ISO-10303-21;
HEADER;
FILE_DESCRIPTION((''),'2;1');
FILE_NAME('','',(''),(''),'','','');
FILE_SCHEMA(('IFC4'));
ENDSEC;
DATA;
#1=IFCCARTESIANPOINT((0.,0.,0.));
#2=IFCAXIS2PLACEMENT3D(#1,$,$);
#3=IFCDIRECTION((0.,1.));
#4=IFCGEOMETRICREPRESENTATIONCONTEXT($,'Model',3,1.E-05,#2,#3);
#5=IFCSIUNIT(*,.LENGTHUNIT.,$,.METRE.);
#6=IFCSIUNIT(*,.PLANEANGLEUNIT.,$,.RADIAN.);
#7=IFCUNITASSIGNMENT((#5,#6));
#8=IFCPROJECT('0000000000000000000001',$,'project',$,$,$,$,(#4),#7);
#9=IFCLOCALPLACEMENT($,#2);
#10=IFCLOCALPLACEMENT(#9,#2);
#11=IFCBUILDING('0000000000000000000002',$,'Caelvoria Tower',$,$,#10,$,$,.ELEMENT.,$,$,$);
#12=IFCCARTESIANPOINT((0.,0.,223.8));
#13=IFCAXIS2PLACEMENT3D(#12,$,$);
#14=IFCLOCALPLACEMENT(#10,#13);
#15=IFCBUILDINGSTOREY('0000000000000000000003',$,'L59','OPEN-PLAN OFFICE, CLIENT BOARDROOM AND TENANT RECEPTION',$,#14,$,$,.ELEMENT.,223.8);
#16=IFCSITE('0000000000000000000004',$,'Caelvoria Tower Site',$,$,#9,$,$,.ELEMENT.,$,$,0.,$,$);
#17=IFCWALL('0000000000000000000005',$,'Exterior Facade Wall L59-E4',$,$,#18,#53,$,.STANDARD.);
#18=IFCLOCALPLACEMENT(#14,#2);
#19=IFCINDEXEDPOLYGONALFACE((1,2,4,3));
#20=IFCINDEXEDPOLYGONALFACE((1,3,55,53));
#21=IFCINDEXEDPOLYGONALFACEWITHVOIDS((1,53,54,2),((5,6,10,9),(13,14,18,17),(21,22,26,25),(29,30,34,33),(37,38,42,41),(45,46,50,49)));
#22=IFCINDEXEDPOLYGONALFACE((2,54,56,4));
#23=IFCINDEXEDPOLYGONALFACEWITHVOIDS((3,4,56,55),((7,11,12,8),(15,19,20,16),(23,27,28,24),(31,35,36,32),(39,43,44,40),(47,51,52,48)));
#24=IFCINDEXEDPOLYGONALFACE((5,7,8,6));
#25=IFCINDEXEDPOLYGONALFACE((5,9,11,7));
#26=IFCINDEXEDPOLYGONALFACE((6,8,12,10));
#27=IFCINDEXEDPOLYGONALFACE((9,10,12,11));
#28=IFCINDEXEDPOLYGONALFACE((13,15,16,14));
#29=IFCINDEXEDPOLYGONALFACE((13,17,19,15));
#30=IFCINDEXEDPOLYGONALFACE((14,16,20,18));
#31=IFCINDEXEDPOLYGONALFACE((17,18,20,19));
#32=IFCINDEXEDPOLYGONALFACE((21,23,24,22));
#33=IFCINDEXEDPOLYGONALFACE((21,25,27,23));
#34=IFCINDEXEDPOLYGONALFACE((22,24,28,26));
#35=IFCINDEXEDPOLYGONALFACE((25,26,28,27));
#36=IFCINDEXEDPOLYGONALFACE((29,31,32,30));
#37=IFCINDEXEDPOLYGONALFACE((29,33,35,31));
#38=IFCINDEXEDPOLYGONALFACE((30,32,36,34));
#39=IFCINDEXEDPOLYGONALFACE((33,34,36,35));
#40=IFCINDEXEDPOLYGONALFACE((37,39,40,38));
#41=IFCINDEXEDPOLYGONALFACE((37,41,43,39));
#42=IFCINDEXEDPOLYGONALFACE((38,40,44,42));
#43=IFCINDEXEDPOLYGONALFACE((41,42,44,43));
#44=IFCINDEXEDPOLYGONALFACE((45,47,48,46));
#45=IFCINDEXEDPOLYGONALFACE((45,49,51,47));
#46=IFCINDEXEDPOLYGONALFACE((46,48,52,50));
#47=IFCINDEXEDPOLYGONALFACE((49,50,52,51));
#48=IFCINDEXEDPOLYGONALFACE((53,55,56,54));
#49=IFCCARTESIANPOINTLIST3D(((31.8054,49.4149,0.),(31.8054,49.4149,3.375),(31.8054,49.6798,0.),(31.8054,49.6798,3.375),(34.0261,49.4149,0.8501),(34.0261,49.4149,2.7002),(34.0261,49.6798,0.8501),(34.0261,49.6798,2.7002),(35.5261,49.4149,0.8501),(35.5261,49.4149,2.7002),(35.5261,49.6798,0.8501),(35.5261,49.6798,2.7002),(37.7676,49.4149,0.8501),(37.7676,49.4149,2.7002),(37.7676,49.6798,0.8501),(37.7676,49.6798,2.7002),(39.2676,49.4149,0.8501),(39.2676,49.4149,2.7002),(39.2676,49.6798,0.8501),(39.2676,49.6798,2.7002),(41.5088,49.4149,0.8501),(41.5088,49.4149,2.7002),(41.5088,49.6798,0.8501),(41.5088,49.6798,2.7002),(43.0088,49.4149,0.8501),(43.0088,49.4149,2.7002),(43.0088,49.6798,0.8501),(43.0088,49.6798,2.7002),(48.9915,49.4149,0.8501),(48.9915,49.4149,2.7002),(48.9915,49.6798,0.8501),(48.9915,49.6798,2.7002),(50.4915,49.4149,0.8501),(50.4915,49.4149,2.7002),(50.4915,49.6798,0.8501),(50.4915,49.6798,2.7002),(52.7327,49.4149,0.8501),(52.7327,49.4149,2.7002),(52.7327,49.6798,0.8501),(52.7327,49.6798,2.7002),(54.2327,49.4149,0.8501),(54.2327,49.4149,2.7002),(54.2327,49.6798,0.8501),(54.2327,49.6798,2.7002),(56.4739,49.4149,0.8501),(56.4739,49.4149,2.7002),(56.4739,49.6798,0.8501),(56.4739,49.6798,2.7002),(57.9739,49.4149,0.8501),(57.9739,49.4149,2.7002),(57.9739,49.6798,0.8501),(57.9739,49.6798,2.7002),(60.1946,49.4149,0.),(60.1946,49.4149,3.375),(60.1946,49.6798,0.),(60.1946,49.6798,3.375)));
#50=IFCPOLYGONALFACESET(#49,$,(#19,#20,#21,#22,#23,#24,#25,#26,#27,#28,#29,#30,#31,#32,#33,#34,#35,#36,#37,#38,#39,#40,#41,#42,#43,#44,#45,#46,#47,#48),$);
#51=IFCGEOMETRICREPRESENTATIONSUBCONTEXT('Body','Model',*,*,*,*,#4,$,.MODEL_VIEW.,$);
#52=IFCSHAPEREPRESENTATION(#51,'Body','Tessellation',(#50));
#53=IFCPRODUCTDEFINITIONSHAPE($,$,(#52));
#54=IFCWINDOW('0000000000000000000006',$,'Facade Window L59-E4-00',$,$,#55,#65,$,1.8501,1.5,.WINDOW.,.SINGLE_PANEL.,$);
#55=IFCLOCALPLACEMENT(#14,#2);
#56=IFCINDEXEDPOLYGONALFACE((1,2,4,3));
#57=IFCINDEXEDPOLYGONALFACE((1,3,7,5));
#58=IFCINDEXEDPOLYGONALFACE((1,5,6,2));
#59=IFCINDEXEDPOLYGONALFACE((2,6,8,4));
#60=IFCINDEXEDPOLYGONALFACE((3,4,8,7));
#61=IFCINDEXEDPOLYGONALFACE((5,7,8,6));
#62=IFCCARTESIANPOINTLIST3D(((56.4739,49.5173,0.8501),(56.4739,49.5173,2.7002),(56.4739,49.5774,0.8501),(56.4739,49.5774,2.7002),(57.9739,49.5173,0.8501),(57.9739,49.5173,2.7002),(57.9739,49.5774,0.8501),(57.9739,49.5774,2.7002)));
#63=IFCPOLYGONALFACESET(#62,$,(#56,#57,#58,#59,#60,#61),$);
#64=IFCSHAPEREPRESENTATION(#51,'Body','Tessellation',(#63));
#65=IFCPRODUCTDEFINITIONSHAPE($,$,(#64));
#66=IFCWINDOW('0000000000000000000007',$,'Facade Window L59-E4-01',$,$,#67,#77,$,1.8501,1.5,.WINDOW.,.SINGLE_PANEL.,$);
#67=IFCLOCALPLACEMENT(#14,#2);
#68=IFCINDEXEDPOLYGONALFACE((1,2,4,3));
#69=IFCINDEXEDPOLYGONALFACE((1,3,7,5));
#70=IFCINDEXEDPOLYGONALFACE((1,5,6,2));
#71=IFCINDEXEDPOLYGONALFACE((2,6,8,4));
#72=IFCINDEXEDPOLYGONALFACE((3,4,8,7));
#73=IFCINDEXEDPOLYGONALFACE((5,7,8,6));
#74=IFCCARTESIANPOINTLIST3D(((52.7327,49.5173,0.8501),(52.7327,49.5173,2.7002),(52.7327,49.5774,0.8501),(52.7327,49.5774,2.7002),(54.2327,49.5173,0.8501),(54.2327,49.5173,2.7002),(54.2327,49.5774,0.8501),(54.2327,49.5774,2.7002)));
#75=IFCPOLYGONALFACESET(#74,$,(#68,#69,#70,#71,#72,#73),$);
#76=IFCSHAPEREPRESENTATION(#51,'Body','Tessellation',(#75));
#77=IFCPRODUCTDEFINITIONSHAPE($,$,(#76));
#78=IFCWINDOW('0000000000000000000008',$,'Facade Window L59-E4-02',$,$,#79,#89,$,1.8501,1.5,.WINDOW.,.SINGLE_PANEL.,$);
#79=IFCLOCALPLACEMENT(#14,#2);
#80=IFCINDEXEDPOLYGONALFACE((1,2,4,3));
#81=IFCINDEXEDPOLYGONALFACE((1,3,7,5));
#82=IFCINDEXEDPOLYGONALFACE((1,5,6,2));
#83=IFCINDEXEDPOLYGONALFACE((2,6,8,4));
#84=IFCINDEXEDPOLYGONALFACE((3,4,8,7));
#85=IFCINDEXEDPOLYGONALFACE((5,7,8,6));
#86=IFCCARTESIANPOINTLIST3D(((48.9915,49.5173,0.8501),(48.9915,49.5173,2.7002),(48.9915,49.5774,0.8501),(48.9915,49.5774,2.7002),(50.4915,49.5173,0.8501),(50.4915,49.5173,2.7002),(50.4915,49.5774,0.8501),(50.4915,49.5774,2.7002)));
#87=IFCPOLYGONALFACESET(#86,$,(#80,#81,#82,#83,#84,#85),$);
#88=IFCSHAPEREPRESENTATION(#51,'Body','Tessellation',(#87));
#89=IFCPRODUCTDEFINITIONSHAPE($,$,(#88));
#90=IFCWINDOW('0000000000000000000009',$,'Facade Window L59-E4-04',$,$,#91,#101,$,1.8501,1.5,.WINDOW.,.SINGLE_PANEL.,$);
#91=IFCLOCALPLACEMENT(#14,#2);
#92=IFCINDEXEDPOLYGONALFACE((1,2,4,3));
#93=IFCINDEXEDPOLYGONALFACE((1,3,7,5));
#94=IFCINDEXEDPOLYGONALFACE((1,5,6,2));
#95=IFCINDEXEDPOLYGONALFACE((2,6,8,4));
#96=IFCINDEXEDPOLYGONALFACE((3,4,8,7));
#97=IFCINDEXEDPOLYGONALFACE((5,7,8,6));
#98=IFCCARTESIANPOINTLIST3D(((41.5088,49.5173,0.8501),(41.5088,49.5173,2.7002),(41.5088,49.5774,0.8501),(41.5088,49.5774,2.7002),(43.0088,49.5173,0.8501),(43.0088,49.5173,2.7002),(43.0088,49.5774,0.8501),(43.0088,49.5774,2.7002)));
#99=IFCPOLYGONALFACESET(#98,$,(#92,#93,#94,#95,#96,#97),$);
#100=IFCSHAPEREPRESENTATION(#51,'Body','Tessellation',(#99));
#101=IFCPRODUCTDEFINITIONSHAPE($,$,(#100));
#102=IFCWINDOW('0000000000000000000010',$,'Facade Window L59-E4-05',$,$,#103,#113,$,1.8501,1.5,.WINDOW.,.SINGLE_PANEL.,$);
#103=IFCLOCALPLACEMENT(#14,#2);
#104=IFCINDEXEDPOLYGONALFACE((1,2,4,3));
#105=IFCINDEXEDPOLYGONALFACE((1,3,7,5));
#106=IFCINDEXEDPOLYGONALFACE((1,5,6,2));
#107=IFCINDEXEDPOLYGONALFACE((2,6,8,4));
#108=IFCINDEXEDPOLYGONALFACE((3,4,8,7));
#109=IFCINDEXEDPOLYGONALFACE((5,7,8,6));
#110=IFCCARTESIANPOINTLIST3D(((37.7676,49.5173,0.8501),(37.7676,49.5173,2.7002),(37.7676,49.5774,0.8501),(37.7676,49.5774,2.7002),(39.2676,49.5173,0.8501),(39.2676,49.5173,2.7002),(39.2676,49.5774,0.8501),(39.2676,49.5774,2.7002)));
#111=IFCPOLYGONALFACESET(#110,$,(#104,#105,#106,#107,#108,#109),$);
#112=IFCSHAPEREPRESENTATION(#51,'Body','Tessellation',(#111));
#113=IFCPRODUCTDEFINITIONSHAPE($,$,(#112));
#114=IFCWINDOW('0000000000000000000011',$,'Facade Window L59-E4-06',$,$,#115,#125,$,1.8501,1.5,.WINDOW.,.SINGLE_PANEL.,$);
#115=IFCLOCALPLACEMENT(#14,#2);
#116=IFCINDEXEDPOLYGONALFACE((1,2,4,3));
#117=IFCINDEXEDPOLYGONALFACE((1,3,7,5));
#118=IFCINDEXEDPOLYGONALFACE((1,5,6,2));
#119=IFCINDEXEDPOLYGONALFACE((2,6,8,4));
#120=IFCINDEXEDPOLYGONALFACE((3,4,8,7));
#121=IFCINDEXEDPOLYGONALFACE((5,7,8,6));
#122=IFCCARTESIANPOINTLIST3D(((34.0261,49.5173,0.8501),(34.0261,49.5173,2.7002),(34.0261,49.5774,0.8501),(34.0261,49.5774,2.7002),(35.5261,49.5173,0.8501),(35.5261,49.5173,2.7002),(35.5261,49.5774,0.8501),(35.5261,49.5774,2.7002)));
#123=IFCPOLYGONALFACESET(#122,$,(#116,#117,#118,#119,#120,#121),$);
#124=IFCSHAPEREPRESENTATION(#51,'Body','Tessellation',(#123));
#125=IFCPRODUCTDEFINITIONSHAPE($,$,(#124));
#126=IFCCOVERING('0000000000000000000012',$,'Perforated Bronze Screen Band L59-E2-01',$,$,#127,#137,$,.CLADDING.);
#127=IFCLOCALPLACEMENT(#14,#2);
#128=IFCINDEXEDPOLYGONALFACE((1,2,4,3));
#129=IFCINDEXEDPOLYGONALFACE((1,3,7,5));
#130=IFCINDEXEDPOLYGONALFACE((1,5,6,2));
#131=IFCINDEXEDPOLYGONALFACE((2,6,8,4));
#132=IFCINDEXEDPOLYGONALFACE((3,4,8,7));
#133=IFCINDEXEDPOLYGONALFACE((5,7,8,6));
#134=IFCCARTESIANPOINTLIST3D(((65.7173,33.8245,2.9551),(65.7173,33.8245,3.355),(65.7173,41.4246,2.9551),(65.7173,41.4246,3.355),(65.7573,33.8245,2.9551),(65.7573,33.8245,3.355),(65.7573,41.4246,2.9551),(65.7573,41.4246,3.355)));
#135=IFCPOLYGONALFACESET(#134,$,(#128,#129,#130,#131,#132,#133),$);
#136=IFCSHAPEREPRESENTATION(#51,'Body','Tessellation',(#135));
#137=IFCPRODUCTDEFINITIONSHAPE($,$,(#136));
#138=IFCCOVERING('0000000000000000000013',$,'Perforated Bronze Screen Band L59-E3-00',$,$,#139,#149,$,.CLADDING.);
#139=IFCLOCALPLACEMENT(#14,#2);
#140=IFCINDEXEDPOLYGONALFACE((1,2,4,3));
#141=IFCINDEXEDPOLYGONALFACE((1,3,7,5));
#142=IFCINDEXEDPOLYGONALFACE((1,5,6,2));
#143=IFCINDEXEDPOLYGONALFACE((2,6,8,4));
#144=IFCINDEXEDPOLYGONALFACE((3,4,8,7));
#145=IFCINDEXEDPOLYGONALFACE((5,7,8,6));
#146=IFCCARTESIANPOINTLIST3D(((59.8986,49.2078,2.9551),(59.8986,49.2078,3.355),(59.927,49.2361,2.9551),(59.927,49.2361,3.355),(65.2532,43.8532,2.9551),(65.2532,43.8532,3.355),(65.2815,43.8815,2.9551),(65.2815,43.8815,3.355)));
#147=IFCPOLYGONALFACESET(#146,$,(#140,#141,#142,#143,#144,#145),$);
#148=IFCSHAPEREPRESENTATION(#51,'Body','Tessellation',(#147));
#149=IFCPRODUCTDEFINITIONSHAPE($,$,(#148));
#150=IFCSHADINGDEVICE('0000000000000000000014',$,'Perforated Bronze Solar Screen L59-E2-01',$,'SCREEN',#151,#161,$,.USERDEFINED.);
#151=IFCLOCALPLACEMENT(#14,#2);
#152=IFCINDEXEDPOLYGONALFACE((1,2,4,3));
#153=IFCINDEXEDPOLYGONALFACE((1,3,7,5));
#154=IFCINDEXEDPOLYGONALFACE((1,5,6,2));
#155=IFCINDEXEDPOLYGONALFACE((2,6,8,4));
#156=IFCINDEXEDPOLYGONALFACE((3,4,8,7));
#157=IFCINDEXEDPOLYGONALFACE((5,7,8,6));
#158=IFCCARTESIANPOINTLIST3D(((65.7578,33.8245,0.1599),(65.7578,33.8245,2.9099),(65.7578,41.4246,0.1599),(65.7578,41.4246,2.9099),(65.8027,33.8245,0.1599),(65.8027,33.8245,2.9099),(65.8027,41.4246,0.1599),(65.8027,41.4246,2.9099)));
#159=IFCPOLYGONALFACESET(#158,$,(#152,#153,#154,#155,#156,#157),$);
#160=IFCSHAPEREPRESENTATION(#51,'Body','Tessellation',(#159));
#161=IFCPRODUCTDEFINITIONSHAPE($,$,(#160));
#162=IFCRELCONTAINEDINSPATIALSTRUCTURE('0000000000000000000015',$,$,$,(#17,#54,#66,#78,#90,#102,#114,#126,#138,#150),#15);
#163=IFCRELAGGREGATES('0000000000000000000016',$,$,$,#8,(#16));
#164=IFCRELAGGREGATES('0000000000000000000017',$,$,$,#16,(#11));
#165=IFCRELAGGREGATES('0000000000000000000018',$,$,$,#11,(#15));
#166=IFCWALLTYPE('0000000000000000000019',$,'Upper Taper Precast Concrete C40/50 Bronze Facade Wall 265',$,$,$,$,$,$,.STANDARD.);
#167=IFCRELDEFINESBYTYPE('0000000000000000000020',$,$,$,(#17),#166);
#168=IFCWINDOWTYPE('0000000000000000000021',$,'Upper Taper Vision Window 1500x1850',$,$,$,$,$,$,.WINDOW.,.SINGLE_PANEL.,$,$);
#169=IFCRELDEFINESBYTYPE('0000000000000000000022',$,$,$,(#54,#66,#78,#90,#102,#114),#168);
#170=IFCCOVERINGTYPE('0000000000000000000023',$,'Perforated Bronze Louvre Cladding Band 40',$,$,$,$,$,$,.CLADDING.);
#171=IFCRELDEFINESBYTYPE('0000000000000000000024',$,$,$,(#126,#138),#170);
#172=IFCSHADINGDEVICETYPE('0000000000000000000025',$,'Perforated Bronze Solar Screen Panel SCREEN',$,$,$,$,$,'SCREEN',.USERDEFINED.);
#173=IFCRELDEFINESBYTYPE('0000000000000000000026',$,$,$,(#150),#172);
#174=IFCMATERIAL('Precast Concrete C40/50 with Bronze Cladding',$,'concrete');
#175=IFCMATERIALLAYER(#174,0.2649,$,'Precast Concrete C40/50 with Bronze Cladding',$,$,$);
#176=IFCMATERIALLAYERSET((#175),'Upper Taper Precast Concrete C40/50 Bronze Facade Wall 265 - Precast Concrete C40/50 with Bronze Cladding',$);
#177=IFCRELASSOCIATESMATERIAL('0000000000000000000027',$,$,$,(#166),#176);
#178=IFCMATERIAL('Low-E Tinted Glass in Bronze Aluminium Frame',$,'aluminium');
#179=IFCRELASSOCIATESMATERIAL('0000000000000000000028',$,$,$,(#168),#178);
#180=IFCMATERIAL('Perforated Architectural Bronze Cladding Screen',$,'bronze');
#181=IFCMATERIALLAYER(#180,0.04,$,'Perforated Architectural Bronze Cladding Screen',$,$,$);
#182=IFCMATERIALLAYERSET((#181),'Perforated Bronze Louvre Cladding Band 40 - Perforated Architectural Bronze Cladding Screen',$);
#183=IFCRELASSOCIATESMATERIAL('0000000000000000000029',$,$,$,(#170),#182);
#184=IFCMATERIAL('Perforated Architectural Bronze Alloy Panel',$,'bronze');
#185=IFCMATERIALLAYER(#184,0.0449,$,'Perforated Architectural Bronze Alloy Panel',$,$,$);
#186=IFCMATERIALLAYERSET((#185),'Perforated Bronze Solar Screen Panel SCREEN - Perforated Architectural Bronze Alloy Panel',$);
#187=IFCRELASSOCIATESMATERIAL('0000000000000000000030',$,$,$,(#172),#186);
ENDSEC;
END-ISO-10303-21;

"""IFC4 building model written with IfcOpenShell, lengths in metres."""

from ifc_helpers import new_model, si_unit, direction, frame, frame_2d, origin, origin_2d, place, context, subcontext, project, spatial, rectangle, extrude, material, layer, layer_set, type_object, element, fill, save


model = new_model("IFC4")

# Units and contexts
model_context = context("Model", 3, precision=1e-05, world=origin(), true_north=direction((0.0, 1.0)))
body_context = subcontext(model_context, "Body", "Model", "MODEL_VIEW")
ifc_project = project(units=[si_unit("LENGTHUNIT", "METRE"), si_unit("PLANEANGLEUNIT", "RADIAN")], contexts=[model_context])

# Site, building, storey
site_placement = place(None, origin())
site = spatial("IfcSite", under=ifc_project, at=site_placement, Name="Caelvoria Tower Site", CompositionType="ELEMENT", RefElevation=0.0)
building_placement = place(site_placement, origin())
building = spatial("IfcBuilding", under=site, at=building_placement, Name="Caelvoria Tower", CompositionType="ELEMENT")
storey_placement = place(building_placement, frame((0.0, 0.0, 223.8)))
storey = spatial("IfcBuildingStorey", under=building, at=storey_placement, Name="L59", Description="OPEN-PLAN OFFICE, CLIENT BOARDROOM AND TENANT RECEPTION", CompositionType="ELEMENT", Elevation=223.8)

# Shared definitions
ifc_material_1 = material(Name="Precast Concrete C40/50 with Bronze Cladding", Category="concrete")
ifc_layer_1 = layer(ifc_material_1, 0.2649, Name="Precast Concrete C40/50 with Bronze Cladding")
ifc_layer_set_1 = layer_set([ifc_layer_1], Name="Upper Taper Precast Concrete C40/50 Bronze Facade Wall 265 - Precast Concrete C40/50 with Bronze Cladding")
wall_type_1 = type_object("IfcWallType", Name="Upper Taper Precast Concrete C40/50 Bronze Facade Wall 265", PredefinedType="STANDARD", material=ifc_layer_set_1)

# Wall, openings, windows
wall_1_placement = place(storey_placement, frame((60.1946, 49.5474, 0.0), z_axis=(0.0, 0.0, 1.0), x_axis=(-1.0, 0.0, 0.0)))
wall_1 = element("IfcWall", 1, at=wall_1_placement, inside=storey, type_object=wall_type_1, Name="Exterior Facade Wall L59-E4", PredefinedType="STANDARD", context=body_context, shape_type="SweptSolid", body=[
    extrude(rectangle(XDim=28.3892, YDim=0.2649, at=frame_2d((14.1946, 0.0))), origin(), (0.0, 0.0, 1.0), 3.375),
])
opening_1_placement = place(wall_1_placement, frame((2.2207, 0.0, 0.8501)))
opening_1 = element("IfcOpeningElement", 2, at=opening_1_placement, cuts=wall_1, PredefinedType="OPENING", context=body_context, shape_type="SweptSolid", body=[
    extrude(rectangle(XDim=1.5, YDim=1.8501, at=frame_2d((0.75, 0.925))), frame((0.0, 0.1423, 0.0), z_axis=(0.0, -1.0, 0.0), x_axis=(1.0, 0.0, 0.0)), (0.0, 0.0, 1.0), 0.2849),
])
opening_2_placement = place(wall_1_placement, frame((5.9619, 0.0, 0.8501)))
opening_2 = element("IfcOpeningElement", 3, at=opening_2_placement, cuts=wall_1, PredefinedType="OPENING", context=body_context, shape_type="SweptSolid", body=[
    extrude(rectangle(XDim=1.5, YDim=1.8501, at=frame_2d((0.75, 0.925))), frame((0.0, 0.1423, 0.0), z_axis=(0.0, -1.0, 0.0), x_axis=(1.0, 0.0, 0.0)), (0.0, 0.0, 1.0), 0.2849),
])
opening_3_placement = place(wall_1_placement, frame((9.7031, 0.0, 0.8501)))
opening_3 = element("IfcOpeningElement", 4, at=opening_3_placement, cuts=wall_1, PredefinedType="OPENING", context=body_context, shape_type="SweptSolid", body=[
    extrude(rectangle(XDim=1.5, YDim=1.8501, at=frame_2d((0.75, 0.925))), frame((0.0, 0.1423, 0.0), z_axis=(0.0, -1.0, 0.0), x_axis=(1.0, 0.0, 0.0)), (0.0, 0.0, 1.0), 0.2849),
])
opening_4_placement = place(wall_1_placement, frame((17.1858, 0.0, 0.8501)))
opening_4 = element("IfcOpeningElement", 5, at=opening_4_placement, cuts=wall_1, PredefinedType="OPENING", context=body_context, shape_type="SweptSolid", body=[
    extrude(rectangle(XDim=1.5, YDim=1.8501, at=frame_2d((0.75, 0.925))), frame((0.0, 0.1423, 0.0), z_axis=(0.0, -1.0, 0.0), x_axis=(1.0, 0.0, 0.0)), (0.0, 0.0, 1.0), 0.2849),
])
opening_5_placement = place(wall_1_placement, frame((20.927, 0.0, 0.8501)))
opening_5 = element("IfcOpeningElement", 6, at=opening_5_placement, cuts=wall_1, PredefinedType="OPENING", context=body_context, shape_type="SweptSolid", body=[
    extrude(rectangle(XDim=1.5, YDim=1.8501, at=frame_2d((0.75, 0.925))), frame((0.0, 0.1423, 0.0), z_axis=(0.0, -1.0, 0.0), x_axis=(1.0, 0.0, 0.0)), (0.0, 0.0, 1.0), 0.2849),
])
opening_6_placement = place(wall_1_placement, frame((24.6685, 0.0, 0.8501)))
opening_6 = element("IfcOpeningElement", 7, at=opening_6_placement, cuts=wall_1, PredefinedType="OPENING", context=body_context, shape_type="SweptSolid", body=[
    extrude(rectangle(XDim=1.5, YDim=1.8501, at=frame_2d((0.75, 0.925))), frame((0.0, 0.1423, 0.0), z_axis=(0.0, -1.0, 0.0), x_axis=(1.0, 0.0, 0.0)), (0.0, 0.0, 1.0), 0.2849),
])
ifc_material_2 = material(Name="Low-E Tinted Glass in Bronze Aluminium Frame", Category="aluminium")
window_type = type_object("IfcWindowType", Name="Upper Taper Vision Window 1500x1850", PartitioningType="SINGLE_PANEL", PredefinedType="WINDOW", material=ifc_material_2)
window_1_placement = place(opening_1_placement, origin())
window_1 = element("IfcWindow", 8, at=window_1_placement, inside=storey, type_object=window_type, Name="Facade Window L59-E4-00", OverallHeight=1.8501, OverallWidth=1.5, PartitioningType="SINGLE_PANEL", PredefinedType="WINDOW", context=body_context, shape_type="SweptSolid", body=[
    extrude(rectangle(XDim=1.5, YDim=1.8501, at=frame_2d((0.75, 0.925))), frame((0.0, 0.03, 0.0), z_axis=(0.0, -1.0, 0.0), x_axis=(1.0, 0.0, 0.0)), (0.0, 0.0, 1.0), 0.0601),
])
fill(opening_1, window_1)
window_2_placement = place(opening_2_placement, origin())
window_2 = element("IfcWindow", 9, at=window_2_placement, inside=storey, type_object=window_type, Name="Facade Window L59-E4-01", OverallHeight=1.8501, OverallWidth=1.5, PartitioningType="SINGLE_PANEL", PredefinedType="WINDOW", context=body_context, shape_type="SweptSolid", body=[
    extrude(rectangle(XDim=1.5, YDim=1.8501, at=frame_2d((0.75, 0.925))), frame((0.0, 0.03, 0.0), z_axis=(0.0, -1.0, 0.0), x_axis=(1.0, 0.0, 0.0)), (0.0, 0.0, 1.0), 0.0601),
])
fill(opening_2, window_2)
window_3_placement = place(opening_3_placement, origin())
window_3 = element("IfcWindow", 10, at=window_3_placement, inside=storey, type_object=window_type, Name="Facade Window L59-E4-02", OverallHeight=1.8501, OverallWidth=1.5, PartitioningType="SINGLE_PANEL", PredefinedType="WINDOW", context=body_context, shape_type="SweptSolid", body=[
    extrude(rectangle(XDim=1.5, YDim=1.8501, at=frame_2d((0.75, 0.925))), frame((0.0, 0.03, 0.0), z_axis=(0.0, -1.0, 0.0), x_axis=(1.0, 0.0, 0.0)), (0.0, 0.0, 1.0), 0.0601),
])
fill(opening_3, window_3)
window_4_placement = place(opening_4_placement, origin())
window_4 = element("IfcWindow", 11, at=window_4_placement, inside=storey, type_object=window_type, Name="Facade Window L59-E4-04", OverallHeight=1.8501, OverallWidth=1.5, PartitioningType="SINGLE_PANEL", PredefinedType="WINDOW", context=body_context, shape_type="SweptSolid", body=[
    extrude(rectangle(XDim=1.5, YDim=1.8501, at=frame_2d((0.75, 0.925))), frame((0.0, 0.03, 0.0), z_axis=(0.0, -1.0, 0.0), x_axis=(1.0, 0.0, 0.0)), (0.0, 0.0, 1.0), 0.0601),
])
fill(opening_4, window_4)
window_5_placement = place(opening_5_placement, origin())
window_5 = element("IfcWindow", 12, at=window_5_placement, inside=storey, type_object=window_type, Name="Facade Window L59-E4-05", OverallHeight=1.8501, OverallWidth=1.5, PartitioningType="SINGLE_PANEL", PredefinedType="WINDOW", context=body_context, shape_type="SweptSolid", body=[
    extrude(rectangle(XDim=1.5, YDim=1.8501, at=frame_2d((0.75, 0.925))), frame((0.0, 0.03, 0.0), z_axis=(0.0, -1.0, 0.0), x_axis=(1.0, 0.0, 0.0)), (0.0, 0.0, 1.0), 0.0601),
])
fill(opening_5, window_5)
window_6_placement = place(opening_6_placement, origin())
window_6 = element("IfcWindow", 13, at=window_6_placement, inside=storey, type_object=window_type, Name="Facade Window L59-E4-06", OverallHeight=1.8501, OverallWidth=1.5, PartitioningType="SINGLE_PANEL", PredefinedType="WINDOW", context=body_context, shape_type="SweptSolid", body=[
    extrude(rectangle(XDim=1.5, YDim=1.8501, at=frame_2d((0.75, 0.925))), frame((0.0, 0.03, 0.0), z_axis=(0.0, -1.0, 0.0), x_axis=(1.0, 0.0, 0.0)), (0.0, 0.0, 1.0), 0.0601),
])
fill(opening_6, window_6)

# Coverings
ifc_material_3 = material(Name="Perforated Architectural Bronze Cladding Screen", Category="bronze")
ifc_layer_2 = layer(ifc_material_3, 0.04, Name="Perforated Architectural Bronze Cladding Screen")
ifc_layer_set_2 = layer_set([ifc_layer_2], Name="Perforated Bronze Louvre Cladding Band 40 - Perforated Architectural Bronze Cladding Screen")
covering_type = type_object("IfcCoveringType", Name="Perforated Bronze Louvre Cladding Band 40", PredefinedType="CLADDING", material=ifc_layer_set_2)
covering_1_placement = place(storey_placement, frame((65.7373, 37.6245, 2.9551), z_axis=(0.0, 0.0, 1.0), x_axis=(0.0, 1.0, 0.0)))
element("IfcCovering", 14, at=covering_1_placement, inside=storey, type_object=covering_type, Name="Perforated Bronze Screen Band L59-E2-01", PredefinedType="CLADDING", context=body_context, shape_type="SweptSolid", body=[
    extrude(rectangle(XDim=7.6001, YDim=0.04, at=origin_2d()), origin(), (0.0, 0.0, 1.0), 0.3999),
])
covering_2_placement = place(storey_placement, frame((62.5901, 46.5447, 2.9551), z_axis=(0.0, 0.0, 1.0), x_axis=(-0.707107, 0.707107, 0.0)))
element("IfcCovering", 15, at=covering_2_placement, inside=storey, type_object=covering_type, Name="Perforated Bronze Screen Band L59-E3-00", PredefinedType="CLADDING", context=body_context, shape_type="SweptSolid", body=[
    extrude(rectangle(XDim=7.5725, YDim=0.04, at=origin_2d()), origin(), (0.0, 0.0, 1.0), 0.3999),
])

# Shading device
ifc_material_4 = material(Name="Perforated Architectural Bronze Alloy Panel", Category="bronze")
ifc_layer_3 = layer(ifc_material_4, 0.0449, Name="Perforated Architectural Bronze Alloy Panel")
ifc_layer_set_3 = layer_set([ifc_layer_3], Name="Perforated Bronze Solar Screen Panel SCREEN - Perforated Architectural Bronze Alloy Panel")
shading_device_type = type_object("IfcShadingDeviceType", Name="Perforated Bronze Solar Screen Panel SCREEN", ElementType="SCREEN", PredefinedType="USERDEFINED", material=ifc_layer_set_3)
shading_device_1_placement = place(storey_placement, frame((65.7803, 37.6245, 0.1599), z_axis=(0.0, 0.0, 1.0), x_axis=(0.0, 1.0, 0.0)))
element("IfcShadingDevice", 16, at=shading_device_1_placement, inside=storey, type_object=shading_device_type, Name="Perforated Bronze Solar Screen L59-E2-01", ObjectType="SCREEN", PredefinedType="USERDEFINED", context=body_context, shape_type="SweptSolid", body=[
    extrude(rectangle(XDim=7.6001, YDim=0.0449, at=origin_2d()), origin(), (0.0, 0.0, 1.0), 2.75),
])

save(model, "model.ifc")
